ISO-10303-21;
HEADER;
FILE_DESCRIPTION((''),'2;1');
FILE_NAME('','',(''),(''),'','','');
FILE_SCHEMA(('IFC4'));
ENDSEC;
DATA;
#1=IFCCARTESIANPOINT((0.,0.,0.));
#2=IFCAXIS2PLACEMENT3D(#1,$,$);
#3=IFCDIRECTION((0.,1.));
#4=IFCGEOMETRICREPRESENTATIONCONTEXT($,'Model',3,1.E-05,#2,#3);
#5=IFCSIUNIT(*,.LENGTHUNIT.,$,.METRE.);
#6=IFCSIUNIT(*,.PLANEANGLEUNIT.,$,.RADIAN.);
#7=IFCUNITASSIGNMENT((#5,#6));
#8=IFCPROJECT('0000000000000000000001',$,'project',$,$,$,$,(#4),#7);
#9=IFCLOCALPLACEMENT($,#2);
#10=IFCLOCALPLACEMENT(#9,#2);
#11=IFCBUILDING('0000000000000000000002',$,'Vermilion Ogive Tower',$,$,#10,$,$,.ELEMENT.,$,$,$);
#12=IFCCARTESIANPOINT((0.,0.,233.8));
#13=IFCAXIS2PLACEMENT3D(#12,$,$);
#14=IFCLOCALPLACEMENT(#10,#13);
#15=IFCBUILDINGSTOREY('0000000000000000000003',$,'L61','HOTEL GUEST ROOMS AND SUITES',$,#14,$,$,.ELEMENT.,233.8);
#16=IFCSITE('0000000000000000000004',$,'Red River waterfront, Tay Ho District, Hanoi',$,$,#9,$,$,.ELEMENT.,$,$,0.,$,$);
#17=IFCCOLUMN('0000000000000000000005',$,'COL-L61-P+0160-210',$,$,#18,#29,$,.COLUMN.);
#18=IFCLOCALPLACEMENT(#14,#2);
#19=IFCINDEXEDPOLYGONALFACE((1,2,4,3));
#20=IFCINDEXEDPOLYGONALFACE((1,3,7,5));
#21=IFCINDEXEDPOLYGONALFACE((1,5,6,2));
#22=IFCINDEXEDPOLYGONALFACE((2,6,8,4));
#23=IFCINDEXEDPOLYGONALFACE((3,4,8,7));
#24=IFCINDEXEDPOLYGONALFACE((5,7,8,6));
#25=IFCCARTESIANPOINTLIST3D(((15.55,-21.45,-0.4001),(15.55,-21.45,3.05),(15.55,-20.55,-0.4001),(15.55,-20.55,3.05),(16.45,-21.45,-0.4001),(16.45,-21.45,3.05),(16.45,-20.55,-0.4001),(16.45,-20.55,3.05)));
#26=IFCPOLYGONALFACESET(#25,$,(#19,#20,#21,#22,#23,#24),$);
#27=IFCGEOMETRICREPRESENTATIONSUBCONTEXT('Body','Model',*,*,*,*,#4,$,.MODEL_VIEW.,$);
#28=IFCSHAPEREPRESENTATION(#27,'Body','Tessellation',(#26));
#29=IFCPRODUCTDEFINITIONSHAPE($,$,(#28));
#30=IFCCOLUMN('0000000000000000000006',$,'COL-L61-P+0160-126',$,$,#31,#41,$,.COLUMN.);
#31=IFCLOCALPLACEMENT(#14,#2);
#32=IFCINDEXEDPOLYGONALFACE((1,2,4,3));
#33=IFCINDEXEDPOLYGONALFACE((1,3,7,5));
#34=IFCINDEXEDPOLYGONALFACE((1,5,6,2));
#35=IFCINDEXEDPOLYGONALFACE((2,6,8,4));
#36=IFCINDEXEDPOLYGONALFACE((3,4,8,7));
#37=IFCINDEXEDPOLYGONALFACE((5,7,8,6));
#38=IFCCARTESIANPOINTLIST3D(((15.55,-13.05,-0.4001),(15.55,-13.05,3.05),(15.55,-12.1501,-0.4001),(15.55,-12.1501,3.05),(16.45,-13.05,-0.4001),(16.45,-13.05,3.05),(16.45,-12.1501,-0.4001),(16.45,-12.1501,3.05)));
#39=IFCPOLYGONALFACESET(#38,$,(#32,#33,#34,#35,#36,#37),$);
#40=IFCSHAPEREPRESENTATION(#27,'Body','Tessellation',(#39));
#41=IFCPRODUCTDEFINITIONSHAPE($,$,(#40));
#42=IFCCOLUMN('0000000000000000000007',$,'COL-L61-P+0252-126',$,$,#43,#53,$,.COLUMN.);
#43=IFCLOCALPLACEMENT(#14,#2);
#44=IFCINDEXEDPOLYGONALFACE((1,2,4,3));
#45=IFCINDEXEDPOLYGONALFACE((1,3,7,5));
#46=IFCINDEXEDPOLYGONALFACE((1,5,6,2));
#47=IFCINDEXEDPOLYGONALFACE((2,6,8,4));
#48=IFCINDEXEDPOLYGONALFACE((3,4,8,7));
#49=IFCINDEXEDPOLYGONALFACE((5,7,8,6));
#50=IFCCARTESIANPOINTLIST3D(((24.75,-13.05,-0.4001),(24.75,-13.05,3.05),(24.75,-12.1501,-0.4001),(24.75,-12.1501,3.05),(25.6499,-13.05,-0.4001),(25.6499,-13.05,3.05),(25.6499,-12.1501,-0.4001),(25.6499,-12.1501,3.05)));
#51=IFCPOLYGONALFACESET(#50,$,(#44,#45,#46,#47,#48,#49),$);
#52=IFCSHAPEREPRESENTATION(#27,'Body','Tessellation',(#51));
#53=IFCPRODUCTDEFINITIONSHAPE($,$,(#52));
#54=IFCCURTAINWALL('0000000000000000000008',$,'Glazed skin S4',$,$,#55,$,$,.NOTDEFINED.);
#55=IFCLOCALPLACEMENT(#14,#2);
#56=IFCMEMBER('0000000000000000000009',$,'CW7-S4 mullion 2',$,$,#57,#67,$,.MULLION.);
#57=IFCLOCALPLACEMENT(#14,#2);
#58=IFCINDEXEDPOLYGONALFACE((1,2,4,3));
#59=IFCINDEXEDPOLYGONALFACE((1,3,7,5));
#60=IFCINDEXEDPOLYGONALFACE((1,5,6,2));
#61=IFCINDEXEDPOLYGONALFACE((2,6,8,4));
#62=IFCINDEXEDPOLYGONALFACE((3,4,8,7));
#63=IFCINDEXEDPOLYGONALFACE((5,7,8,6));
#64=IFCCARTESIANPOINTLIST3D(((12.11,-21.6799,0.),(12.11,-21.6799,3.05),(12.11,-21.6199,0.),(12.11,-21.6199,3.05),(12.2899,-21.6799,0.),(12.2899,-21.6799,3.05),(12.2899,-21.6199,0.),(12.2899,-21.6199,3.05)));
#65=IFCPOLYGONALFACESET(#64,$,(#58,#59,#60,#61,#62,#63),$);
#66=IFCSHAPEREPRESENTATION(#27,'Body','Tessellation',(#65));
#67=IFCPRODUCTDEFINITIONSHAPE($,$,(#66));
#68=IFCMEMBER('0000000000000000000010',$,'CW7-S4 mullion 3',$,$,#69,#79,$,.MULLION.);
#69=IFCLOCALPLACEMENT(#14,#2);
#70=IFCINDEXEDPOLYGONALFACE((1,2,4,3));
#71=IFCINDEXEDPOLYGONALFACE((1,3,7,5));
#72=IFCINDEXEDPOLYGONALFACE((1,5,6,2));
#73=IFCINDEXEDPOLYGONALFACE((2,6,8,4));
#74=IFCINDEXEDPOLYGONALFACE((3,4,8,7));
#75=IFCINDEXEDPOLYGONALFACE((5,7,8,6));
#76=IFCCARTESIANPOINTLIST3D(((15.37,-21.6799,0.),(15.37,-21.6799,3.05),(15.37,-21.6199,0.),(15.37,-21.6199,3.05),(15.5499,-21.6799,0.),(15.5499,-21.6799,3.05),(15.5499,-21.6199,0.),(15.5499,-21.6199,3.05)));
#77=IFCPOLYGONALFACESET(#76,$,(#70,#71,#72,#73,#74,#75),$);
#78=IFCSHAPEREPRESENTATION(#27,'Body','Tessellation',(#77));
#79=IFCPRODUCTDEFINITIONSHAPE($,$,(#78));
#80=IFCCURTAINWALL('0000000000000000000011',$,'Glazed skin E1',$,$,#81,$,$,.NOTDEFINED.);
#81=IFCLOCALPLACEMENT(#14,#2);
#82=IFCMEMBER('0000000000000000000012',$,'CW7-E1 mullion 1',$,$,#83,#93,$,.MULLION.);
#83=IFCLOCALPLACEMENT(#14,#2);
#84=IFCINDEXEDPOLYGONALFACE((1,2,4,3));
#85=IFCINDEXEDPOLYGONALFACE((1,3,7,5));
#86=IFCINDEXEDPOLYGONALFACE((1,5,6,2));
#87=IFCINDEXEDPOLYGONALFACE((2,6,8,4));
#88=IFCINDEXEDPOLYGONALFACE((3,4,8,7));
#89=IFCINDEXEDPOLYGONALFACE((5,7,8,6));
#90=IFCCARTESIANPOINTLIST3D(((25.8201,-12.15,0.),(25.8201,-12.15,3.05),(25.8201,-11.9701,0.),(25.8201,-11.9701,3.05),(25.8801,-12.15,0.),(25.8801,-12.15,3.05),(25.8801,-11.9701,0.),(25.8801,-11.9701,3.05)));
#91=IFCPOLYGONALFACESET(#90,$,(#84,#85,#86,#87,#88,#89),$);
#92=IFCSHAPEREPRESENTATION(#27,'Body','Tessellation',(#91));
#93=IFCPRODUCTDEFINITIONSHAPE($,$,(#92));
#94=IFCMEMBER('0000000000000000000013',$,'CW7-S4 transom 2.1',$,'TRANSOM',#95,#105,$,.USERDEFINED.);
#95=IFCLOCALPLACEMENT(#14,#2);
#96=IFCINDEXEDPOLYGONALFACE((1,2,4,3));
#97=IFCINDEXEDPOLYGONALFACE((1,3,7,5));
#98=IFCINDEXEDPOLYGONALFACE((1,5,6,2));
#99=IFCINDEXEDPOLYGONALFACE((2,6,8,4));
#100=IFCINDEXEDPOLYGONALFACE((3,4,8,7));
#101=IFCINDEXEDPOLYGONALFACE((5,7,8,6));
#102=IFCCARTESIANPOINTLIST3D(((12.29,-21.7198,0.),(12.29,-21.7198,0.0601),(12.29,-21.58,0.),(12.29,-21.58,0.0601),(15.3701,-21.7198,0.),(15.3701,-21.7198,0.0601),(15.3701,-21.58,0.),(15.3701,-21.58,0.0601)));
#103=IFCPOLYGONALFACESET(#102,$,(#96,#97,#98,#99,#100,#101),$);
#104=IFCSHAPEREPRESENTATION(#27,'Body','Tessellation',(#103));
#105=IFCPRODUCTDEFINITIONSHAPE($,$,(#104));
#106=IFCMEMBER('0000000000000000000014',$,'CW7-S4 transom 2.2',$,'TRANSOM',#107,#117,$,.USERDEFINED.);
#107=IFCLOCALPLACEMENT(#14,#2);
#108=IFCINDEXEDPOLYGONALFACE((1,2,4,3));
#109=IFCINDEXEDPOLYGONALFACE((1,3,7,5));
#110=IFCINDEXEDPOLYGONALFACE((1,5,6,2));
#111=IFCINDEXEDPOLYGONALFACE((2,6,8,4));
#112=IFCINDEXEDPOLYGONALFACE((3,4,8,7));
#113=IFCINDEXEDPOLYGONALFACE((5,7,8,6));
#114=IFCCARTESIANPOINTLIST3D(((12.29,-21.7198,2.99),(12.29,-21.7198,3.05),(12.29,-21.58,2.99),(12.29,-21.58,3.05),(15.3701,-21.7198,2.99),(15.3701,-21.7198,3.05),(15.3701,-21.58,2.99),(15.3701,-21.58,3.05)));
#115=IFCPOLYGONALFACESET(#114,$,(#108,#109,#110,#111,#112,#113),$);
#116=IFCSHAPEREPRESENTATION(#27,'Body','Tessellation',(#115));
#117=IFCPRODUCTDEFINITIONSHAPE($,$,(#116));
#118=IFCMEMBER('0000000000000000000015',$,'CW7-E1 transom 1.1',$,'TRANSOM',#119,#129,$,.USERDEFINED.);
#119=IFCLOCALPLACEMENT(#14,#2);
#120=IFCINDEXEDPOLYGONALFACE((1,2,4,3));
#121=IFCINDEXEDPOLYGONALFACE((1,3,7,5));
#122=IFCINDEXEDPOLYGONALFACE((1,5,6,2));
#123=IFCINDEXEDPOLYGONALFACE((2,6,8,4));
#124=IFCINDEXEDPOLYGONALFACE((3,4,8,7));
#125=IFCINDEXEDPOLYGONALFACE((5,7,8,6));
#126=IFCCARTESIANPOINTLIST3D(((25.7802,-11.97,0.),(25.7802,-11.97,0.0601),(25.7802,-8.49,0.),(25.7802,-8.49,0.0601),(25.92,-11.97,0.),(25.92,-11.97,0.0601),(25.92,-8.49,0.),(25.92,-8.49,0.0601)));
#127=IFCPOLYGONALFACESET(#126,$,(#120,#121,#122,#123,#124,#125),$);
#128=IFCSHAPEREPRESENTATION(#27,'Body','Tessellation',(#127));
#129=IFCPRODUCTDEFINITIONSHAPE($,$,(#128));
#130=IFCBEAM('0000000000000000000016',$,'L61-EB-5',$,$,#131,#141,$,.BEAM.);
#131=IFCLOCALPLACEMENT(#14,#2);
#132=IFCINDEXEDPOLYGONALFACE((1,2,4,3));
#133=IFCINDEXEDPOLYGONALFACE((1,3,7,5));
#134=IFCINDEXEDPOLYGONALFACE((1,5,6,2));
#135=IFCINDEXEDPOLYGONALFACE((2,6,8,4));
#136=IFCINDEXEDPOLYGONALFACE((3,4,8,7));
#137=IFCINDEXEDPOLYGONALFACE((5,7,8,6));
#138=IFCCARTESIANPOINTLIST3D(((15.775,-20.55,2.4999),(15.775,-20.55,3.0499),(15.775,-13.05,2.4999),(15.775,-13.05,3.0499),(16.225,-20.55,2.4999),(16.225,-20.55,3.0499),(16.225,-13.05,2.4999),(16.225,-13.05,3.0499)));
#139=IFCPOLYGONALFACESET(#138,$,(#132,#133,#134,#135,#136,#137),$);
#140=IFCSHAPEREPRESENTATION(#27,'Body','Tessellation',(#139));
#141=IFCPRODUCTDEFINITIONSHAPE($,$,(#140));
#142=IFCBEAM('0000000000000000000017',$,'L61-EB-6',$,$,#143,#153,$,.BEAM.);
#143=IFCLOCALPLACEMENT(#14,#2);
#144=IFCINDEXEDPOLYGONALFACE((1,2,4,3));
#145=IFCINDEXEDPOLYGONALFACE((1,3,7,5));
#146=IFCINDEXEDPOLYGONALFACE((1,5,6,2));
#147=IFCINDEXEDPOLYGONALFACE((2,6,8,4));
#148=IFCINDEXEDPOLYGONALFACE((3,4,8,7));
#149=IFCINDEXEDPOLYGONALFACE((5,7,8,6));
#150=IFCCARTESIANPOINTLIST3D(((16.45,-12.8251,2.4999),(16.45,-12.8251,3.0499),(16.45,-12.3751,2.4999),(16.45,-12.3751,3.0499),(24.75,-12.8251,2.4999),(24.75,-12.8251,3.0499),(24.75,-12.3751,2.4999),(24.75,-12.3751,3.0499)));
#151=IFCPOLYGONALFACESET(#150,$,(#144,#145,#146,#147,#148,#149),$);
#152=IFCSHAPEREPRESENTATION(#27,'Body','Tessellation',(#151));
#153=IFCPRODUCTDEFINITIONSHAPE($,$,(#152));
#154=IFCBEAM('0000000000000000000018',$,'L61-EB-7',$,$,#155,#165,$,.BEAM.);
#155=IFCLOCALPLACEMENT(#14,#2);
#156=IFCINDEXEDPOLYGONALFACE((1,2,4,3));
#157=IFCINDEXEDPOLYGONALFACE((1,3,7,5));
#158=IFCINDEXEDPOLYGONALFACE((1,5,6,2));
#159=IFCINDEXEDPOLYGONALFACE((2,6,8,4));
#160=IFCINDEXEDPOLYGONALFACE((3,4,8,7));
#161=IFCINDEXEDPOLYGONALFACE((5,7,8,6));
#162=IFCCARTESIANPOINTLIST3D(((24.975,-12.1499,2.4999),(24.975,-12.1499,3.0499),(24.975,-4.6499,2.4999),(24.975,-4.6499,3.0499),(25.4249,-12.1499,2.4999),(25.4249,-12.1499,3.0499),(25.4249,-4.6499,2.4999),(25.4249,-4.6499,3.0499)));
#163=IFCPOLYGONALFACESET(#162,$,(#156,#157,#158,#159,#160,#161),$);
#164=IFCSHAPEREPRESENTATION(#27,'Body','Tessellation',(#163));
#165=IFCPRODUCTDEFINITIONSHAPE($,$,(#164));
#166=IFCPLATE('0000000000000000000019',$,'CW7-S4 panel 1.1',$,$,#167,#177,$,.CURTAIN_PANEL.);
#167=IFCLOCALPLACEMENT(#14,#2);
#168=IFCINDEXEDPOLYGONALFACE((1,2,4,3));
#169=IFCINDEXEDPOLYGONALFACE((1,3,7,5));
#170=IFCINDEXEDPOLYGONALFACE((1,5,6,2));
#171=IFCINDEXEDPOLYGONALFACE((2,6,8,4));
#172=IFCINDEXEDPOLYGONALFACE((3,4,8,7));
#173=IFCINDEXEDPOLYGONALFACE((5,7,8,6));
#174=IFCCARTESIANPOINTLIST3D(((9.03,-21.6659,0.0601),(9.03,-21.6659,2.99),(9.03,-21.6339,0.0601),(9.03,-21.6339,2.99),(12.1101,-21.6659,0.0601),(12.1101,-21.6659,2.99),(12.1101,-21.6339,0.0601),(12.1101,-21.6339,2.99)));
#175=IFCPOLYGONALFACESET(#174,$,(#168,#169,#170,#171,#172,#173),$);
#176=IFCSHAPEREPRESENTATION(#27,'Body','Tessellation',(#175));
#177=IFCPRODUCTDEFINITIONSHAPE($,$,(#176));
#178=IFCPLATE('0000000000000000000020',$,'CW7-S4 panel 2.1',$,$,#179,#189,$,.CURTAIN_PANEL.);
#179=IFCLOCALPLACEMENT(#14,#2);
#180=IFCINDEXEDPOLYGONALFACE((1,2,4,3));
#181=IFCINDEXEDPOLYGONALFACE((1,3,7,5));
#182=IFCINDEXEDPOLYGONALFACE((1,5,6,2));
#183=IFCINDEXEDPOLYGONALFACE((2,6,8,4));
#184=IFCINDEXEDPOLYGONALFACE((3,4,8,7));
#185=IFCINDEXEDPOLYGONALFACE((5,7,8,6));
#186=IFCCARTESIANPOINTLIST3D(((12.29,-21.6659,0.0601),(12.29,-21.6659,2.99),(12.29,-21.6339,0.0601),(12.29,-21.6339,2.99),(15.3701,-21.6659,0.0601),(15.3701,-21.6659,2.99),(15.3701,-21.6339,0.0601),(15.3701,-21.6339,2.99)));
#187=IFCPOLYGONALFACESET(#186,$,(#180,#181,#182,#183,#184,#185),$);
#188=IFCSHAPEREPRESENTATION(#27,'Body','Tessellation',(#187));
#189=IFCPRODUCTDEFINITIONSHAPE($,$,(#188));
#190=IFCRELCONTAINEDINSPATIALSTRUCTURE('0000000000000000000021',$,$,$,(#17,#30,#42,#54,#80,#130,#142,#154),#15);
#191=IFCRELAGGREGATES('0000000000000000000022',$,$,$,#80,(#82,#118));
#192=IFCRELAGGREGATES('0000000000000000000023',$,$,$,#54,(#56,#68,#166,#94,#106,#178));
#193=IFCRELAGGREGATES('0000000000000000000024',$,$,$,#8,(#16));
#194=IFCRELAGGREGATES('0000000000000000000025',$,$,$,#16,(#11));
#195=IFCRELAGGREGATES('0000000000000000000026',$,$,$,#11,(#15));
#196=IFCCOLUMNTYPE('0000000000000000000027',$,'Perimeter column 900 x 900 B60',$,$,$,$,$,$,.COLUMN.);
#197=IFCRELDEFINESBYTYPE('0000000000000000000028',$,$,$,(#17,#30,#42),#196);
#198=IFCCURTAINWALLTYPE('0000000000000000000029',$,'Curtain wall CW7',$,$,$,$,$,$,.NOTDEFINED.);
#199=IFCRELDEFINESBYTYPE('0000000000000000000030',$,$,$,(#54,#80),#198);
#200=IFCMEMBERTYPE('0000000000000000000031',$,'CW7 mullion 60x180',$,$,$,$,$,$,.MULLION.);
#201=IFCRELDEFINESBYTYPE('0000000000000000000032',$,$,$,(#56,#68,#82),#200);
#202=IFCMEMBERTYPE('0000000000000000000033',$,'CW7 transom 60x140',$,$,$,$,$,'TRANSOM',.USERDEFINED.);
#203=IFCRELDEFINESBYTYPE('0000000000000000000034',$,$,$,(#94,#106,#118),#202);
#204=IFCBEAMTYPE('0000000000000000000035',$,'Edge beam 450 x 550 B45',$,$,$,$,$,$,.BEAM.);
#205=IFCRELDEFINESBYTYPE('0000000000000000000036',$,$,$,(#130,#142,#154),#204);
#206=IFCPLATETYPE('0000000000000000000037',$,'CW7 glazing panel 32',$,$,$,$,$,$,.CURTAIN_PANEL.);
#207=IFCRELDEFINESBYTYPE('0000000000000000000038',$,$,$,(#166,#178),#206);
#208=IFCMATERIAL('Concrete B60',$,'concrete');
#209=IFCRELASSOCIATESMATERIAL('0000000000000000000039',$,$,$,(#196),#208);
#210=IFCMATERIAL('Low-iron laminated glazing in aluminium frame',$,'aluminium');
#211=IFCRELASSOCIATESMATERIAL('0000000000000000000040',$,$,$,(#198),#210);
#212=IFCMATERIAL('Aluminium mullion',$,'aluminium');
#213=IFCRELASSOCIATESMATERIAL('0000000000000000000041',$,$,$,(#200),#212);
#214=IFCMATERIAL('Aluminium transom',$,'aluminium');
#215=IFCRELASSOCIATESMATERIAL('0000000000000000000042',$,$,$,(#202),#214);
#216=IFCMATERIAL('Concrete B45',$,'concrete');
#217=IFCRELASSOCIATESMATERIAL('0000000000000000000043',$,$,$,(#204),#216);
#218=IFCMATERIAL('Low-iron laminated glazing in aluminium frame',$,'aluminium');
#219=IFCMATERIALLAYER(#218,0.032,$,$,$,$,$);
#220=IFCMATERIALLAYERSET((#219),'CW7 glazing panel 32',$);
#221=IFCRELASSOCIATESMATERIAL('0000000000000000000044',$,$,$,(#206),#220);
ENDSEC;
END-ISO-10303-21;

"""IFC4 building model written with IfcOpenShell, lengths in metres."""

from ifc_helpers import new_model, si_unit, direction, frame, origin, origin_2d, place, context, subcontext, project, spatial, rectangle, extrude, material, layer, layer_set, material_profile, profile_set, type_object, element, aggregate, save


model = new_model("IFC4")

# Units and contexts
model_context = context("Model", 3, precision=1e-05, world=origin(), true_north=direction((0.0, 1.0)))
body_context = subcontext(model_context, "Body", "Model", "MODEL_VIEW")
ifc_project = project(units=[si_unit("LENGTHUNIT", "METRE"), si_unit("PLANEANGLEUNIT", "RADIAN")], contexts=[model_context])

# Site, building, storey
site_placement = place(None, origin())
site = spatial("IfcSite", under=ifc_project, at=site_placement, Name="Red River waterfront, Tay Ho District, Hanoi", CompositionType="ELEMENT", RefElevation=0.0)
building_placement = place(site_placement, origin())
building = spatial("IfcBuilding", under=site, at=building_placement, Name="Vermilion Ogive Tower", CompositionType="ELEMENT")
storey_placement = place(building_placement, frame((0.0, 0.0, 233.8)))
storey = spatial("IfcBuildingStorey", under=building, at=storey_placement, Name="L61", Description="HOTEL GUEST ROOMS AND SUITES", CompositionType="ELEMENT", Elevation=233.8)

# Columns
ifc_material_1 = material(Name="Concrete B60", Category="concrete")
ifc_material_profile_1 = material_profile(ifc_material_1, rectangle(XDim=0.8999, YDim=0.8999, at=origin_2d()), Name="900 x 900")
ifc_profile_set_1 = profile_set([ifc_material_profile_1], Name="Concrete B60")
column_type = type_object("IfcColumnType", Name="Perimeter column 900 x 900 B60", PredefinedType="COLUMN", material=ifc_profile_set_1)
for number, where, z_axis, x_axis, name in (
    (1, (16.0, -21.0, -0.4001), (0.0, 0.0, 1.0), (1.0, 0.0, 0.0), "COL-L61-P+0160-210"),
    (2, (16.0, -12.6001, -0.4001), (0.0, 0.0, 1.0), (1.0, 0.0, 0.0), "COL-L61-P+0160-126"),
    (3, (25.2, -12.6001, -0.4001), (0.0, 0.0, 1.0), (1.0, 0.0, 0.0), "COL-L61-P+0252-126"),
):
    element("IfcColumn", number, at=place(storey_placement, frame(where, z_axis=z_axis, x_axis=x_axis)), inside=storey, type_object=column_type, Name=name, PredefinedType="COLUMN", context=body_context, shape_type="SweptSolid", body=[
        extrude(rectangle(XDim=0.8999, YDim=0.8999, at=origin_2d()), origin(), (0.0, 0.0, 1.0), 3.4502),
    ])

# Curtain wall, members
ifc_material_2 = material(Name="Low-iron laminated glazing in aluminium frame", Category="aluminium")
curtain_wall_type = type_object("IfcCurtainWallType", Name="Curtain wall CW7", PredefinedType="NOTDEFINED", material=ifc_material_2)
curtain_wall_1_placement = place(storey_placement, origin())
curtain_wall_1 = element("IfcCurtainWall", 4, at=curtain_wall_1_placement, inside=storey, type_object=curtain_wall_type, Name="Glazed skin S4", PredefinedType="NOTDEFINED")
ifc_material_3 = material(Name="Aluminium mullion", Category="aluminium")
ifc_material_profile_2 = material_profile(ifc_material_3, rectangle(XDim=0.0601, YDim=0.1799, at=origin_2d()), Name="AL 60x180")
ifc_profile_set_2 = profile_set([ifc_material_profile_2], Name="Aluminium mullion")
member_type_1 = type_object("IfcMemberType", Name="CW7 mullion 60x180", PredefinedType="MULLION", material=ifc_profile_set_2)
member_1_placement = place(storey_placement, frame((12.2, -21.6499, 0.0), z_axis=(0.0, 0.0, 1.0), x_axis=(0.0, 1.0, 0.0)))
member_1 = element("IfcMember", 5, at=member_1_placement, type_object=member_type_1, Name="CW7-S4 mullion 2", PredefinedType="MULLION", context=body_context, shape_type="SweptSolid", body=[
    extrude(rectangle(XDim=0.0601, YDim=0.1799, at=origin_2d()), origin(), (0.0, 0.0, 1.0), 3.05),
])
member_2_placement = place(storey_placement, frame((15.46, -21.6499, 0.0), z_axis=(0.0, 0.0, 1.0), x_axis=(0.0, 1.0, 0.0)))
member_2 = element("IfcMember", 6, at=member_2_placement, type_object=member_type_1, Name="CW7-S4 mullion 3", PredefinedType="MULLION", context=body_context, shape_type="SweptSolid", body=[
    extrude(rectangle(XDim=0.0601, YDim=0.1799, at=origin_2d()), origin(), (0.0, 0.0, 1.0), 3.05),
])

# Curtain wall, member
curtain_wall_2_placement = place(storey_placement, origin())
curtain_wall_2 = element("IfcCurtainWall", 7, at=curtain_wall_2_placement, inside=storey, type_object=curtain_wall_type, Name="Glazed skin E1", PredefinedType="NOTDEFINED")
member_3_placement = place(storey_placement, frame((25.8501, -12.0601, 0.0), z_axis=(0.0, 0.0, 1.0), x_axis=(-1.0, 0.0, 0.0)))
member_3 = element("IfcMember", 8, at=member_3_placement, type_object=member_type_1, Name="CW7-E1 mullion 1", PredefinedType="MULLION", context=body_context, shape_type="SweptSolid", body=[
    extrude(rectangle(XDim=0.0601, YDim=0.1799, at=origin_2d()), origin(), (0.0, 0.0, 1.0), 3.05),
])

# Members
ifc_material_4 = material(Name="Aluminium transom", Category="aluminium")
ifc_material_profile_3 = material_profile(ifc_material_4, rectangle(XDim=0.1399, YDim=0.0601, at=origin_2d()), Name="AL 60x140")
ifc_profile_set_3 = profile_set([ifc_material_profile_3], Name="Aluminium transom")
member_type_2 = type_object("IfcMemberType", Name="CW7 transom 60x140", ElementType="TRANSOM", PredefinedType="USERDEFINED", material=ifc_profile_set_3)
member_4_placement = place(storey_placement, frame((12.29, -21.6499, 0.03), z_axis=(1.0, 0.0, 0.0), x_axis=(0.0, 1.0, 0.0)))
member_4 = element("IfcMember", 9, at=member_4_placement, type_object=member_type_2, Name="CW7-S4 transom 2.1", ObjectType="TRANSOM", PredefinedType="USERDEFINED", context=body_context, shape_type="SweptSolid", body=[
    extrude(rectangle(XDim=0.1399, YDim=0.0601, at=origin_2d()), origin(), (0.0, 0.0, 1.0), 3.0801),
])
member_5_placement = place(storey_placement, frame((12.29, -21.6499, 3.02), z_axis=(1.0, 0.0, 0.0), x_axis=(0.0, 1.0, 0.0)))
member_5 = element("IfcMember", 10, at=member_5_placement, type_object=member_type_2, Name="CW7-S4 transom 2.2", ObjectType="TRANSOM", PredefinedType="USERDEFINED", context=body_context, shape_type="SweptSolid", body=[
    extrude(rectangle(XDim=0.1399, YDim=0.0601, at=origin_2d()), origin(), (0.0, 0.0, 1.0), 3.0801),
])
member_6_placement = place(storey_placement, frame((25.8501, -11.97, 0.03), z_axis=(0.0, 1.0, 0.0), x_axis=(-1.0, 0.0, 0.0)))
member_6 = element("IfcMember", 11, at=member_6_placement, type_object=member_type_2, Name="CW7-E1 transom 1.1", ObjectType="TRANSOM", PredefinedType="USERDEFINED", context=body_context, shape_type="SweptSolid", body=[
    extrude(rectangle(XDim=0.1399, YDim=0.0601, at=origin_2d()), origin(), (0.0, 0.0, 1.0), 3.48),
])
aggregate(curtain_wall_2, [member_3, member_6])

# Beams
ifc_material_5 = material(Name="Concrete B45", Category="concrete")
ifc_material_profile_4 = material_profile(ifc_material_5, rectangle(XDim=0.45, YDim=0.55, at=origin_2d()), Name="450 x 550")
ifc_profile_set_4 = profile_set([ifc_material_profile_4], Name="Concrete B45")
beam_type = type_object("IfcBeamType", Name="Edge beam 450 x 550 B45", PredefinedType="BEAM", material=ifc_profile_set_4)
beam_1_placement = place(storey_placement, frame((16.0, -20.55, 2.7749), z_axis=(0.0, 1.0, 0.0), x_axis=(-1.0, 0.0, 0.0)))
element("IfcBeam", 12, at=beam_1_placement, inside=storey, type_object=beam_type, Name="L61-EB-5", PredefinedType="BEAM", context=body_context, shape_type="SweptSolid", body=[
    extrude(rectangle(XDim=0.45, YDim=0.55, at=origin_2d()), origin(), (0.0, 0.0, 1.0), 7.5),
])
beam_2_placement = place(storey_placement, frame((16.45, -12.6001, 2.7749), z_axis=(1.0, 0.0, 0.0), x_axis=(0.0, 1.0, 0.0)))
element("IfcBeam", 13, at=beam_2_placement, inside=storey, type_object=beam_type, Name="L61-EB-6", PredefinedType="BEAM", context=body_context, shape_type="SweptSolid", body=[
    extrude(rectangle(XDim=0.45, YDim=0.55, at=origin_2d()), origin(), (0.0, 0.0, 1.0), 8.3),
])
beam_3_placement = place(storey_placement, frame((25.2, -12.1499, 2.7749), z_axis=(0.0, 1.0, 0.0), x_axis=(-1.0, 0.0, 0.0)))
element("IfcBeam", 14, at=beam_3_placement, inside=storey, type_object=beam_type, Name="L61-EB-7", PredefinedType="BEAM", context=body_context, shape_type="SweptSolid", body=[
    extrude(rectangle(XDim=0.45, YDim=0.55, at=origin_2d()), origin(), (0.0, 0.0, 1.0), 7.5),
])

# Plates
ifc_material_6 = material(Name="Low-iron laminated glazing in aluminium frame", Category="aluminium")
ifc_layer_1 = layer(ifc_material_6, 0.032)
ifc_layer_set_1 = layer_set([ifc_layer_1], Name="CW7 glazing panel 32")
plate_type = type_object("IfcPlateType", Name="CW7 glazing panel 32", PredefinedType="CURTAIN_PANEL", material=ifc_layer_set_1)
plate_1_placement = place(storey_placement, frame((10.5701, -21.6499, 0.0601), z_axis=(0.0, 0.0, 1.0), x_axis=(1.0, 0.0, 0.0)))
plate_1 = element("IfcPlate", 15, at=plate_1_placement, type_object=plate_type, Name="CW7-S4 panel 1.1", PredefinedType="CURTAIN_PANEL", context=body_context, shape_type="SweptSolid", body=[
    extrude(rectangle(XDim=3.0801, YDim=0.032, at=origin_2d()), origin(), (0.0, 0.0, 1.0), 2.9299),
])
plate_2_placement = place(storey_placement, frame((13.8301, -21.6499, 0.0601), z_axis=(0.0, 0.0, 1.0), x_axis=(1.0, 0.0, 0.0)))
plate_2 = element("IfcPlate", 16, at=plate_2_placement, type_object=plate_type, Name="CW7-S4 panel 2.1", PredefinedType="CURTAIN_PANEL", context=body_context, shape_type="SweptSolid", body=[
    extrude(rectangle(XDim=3.0801, YDim=0.032, at=origin_2d()), origin(), (0.0, 0.0, 1.0), 2.9299),
])
aggregate(curtain_wall_1, [member_1, member_2, plate_1, member_4, member_5, plate_2])

save(model, "model.ifc")
